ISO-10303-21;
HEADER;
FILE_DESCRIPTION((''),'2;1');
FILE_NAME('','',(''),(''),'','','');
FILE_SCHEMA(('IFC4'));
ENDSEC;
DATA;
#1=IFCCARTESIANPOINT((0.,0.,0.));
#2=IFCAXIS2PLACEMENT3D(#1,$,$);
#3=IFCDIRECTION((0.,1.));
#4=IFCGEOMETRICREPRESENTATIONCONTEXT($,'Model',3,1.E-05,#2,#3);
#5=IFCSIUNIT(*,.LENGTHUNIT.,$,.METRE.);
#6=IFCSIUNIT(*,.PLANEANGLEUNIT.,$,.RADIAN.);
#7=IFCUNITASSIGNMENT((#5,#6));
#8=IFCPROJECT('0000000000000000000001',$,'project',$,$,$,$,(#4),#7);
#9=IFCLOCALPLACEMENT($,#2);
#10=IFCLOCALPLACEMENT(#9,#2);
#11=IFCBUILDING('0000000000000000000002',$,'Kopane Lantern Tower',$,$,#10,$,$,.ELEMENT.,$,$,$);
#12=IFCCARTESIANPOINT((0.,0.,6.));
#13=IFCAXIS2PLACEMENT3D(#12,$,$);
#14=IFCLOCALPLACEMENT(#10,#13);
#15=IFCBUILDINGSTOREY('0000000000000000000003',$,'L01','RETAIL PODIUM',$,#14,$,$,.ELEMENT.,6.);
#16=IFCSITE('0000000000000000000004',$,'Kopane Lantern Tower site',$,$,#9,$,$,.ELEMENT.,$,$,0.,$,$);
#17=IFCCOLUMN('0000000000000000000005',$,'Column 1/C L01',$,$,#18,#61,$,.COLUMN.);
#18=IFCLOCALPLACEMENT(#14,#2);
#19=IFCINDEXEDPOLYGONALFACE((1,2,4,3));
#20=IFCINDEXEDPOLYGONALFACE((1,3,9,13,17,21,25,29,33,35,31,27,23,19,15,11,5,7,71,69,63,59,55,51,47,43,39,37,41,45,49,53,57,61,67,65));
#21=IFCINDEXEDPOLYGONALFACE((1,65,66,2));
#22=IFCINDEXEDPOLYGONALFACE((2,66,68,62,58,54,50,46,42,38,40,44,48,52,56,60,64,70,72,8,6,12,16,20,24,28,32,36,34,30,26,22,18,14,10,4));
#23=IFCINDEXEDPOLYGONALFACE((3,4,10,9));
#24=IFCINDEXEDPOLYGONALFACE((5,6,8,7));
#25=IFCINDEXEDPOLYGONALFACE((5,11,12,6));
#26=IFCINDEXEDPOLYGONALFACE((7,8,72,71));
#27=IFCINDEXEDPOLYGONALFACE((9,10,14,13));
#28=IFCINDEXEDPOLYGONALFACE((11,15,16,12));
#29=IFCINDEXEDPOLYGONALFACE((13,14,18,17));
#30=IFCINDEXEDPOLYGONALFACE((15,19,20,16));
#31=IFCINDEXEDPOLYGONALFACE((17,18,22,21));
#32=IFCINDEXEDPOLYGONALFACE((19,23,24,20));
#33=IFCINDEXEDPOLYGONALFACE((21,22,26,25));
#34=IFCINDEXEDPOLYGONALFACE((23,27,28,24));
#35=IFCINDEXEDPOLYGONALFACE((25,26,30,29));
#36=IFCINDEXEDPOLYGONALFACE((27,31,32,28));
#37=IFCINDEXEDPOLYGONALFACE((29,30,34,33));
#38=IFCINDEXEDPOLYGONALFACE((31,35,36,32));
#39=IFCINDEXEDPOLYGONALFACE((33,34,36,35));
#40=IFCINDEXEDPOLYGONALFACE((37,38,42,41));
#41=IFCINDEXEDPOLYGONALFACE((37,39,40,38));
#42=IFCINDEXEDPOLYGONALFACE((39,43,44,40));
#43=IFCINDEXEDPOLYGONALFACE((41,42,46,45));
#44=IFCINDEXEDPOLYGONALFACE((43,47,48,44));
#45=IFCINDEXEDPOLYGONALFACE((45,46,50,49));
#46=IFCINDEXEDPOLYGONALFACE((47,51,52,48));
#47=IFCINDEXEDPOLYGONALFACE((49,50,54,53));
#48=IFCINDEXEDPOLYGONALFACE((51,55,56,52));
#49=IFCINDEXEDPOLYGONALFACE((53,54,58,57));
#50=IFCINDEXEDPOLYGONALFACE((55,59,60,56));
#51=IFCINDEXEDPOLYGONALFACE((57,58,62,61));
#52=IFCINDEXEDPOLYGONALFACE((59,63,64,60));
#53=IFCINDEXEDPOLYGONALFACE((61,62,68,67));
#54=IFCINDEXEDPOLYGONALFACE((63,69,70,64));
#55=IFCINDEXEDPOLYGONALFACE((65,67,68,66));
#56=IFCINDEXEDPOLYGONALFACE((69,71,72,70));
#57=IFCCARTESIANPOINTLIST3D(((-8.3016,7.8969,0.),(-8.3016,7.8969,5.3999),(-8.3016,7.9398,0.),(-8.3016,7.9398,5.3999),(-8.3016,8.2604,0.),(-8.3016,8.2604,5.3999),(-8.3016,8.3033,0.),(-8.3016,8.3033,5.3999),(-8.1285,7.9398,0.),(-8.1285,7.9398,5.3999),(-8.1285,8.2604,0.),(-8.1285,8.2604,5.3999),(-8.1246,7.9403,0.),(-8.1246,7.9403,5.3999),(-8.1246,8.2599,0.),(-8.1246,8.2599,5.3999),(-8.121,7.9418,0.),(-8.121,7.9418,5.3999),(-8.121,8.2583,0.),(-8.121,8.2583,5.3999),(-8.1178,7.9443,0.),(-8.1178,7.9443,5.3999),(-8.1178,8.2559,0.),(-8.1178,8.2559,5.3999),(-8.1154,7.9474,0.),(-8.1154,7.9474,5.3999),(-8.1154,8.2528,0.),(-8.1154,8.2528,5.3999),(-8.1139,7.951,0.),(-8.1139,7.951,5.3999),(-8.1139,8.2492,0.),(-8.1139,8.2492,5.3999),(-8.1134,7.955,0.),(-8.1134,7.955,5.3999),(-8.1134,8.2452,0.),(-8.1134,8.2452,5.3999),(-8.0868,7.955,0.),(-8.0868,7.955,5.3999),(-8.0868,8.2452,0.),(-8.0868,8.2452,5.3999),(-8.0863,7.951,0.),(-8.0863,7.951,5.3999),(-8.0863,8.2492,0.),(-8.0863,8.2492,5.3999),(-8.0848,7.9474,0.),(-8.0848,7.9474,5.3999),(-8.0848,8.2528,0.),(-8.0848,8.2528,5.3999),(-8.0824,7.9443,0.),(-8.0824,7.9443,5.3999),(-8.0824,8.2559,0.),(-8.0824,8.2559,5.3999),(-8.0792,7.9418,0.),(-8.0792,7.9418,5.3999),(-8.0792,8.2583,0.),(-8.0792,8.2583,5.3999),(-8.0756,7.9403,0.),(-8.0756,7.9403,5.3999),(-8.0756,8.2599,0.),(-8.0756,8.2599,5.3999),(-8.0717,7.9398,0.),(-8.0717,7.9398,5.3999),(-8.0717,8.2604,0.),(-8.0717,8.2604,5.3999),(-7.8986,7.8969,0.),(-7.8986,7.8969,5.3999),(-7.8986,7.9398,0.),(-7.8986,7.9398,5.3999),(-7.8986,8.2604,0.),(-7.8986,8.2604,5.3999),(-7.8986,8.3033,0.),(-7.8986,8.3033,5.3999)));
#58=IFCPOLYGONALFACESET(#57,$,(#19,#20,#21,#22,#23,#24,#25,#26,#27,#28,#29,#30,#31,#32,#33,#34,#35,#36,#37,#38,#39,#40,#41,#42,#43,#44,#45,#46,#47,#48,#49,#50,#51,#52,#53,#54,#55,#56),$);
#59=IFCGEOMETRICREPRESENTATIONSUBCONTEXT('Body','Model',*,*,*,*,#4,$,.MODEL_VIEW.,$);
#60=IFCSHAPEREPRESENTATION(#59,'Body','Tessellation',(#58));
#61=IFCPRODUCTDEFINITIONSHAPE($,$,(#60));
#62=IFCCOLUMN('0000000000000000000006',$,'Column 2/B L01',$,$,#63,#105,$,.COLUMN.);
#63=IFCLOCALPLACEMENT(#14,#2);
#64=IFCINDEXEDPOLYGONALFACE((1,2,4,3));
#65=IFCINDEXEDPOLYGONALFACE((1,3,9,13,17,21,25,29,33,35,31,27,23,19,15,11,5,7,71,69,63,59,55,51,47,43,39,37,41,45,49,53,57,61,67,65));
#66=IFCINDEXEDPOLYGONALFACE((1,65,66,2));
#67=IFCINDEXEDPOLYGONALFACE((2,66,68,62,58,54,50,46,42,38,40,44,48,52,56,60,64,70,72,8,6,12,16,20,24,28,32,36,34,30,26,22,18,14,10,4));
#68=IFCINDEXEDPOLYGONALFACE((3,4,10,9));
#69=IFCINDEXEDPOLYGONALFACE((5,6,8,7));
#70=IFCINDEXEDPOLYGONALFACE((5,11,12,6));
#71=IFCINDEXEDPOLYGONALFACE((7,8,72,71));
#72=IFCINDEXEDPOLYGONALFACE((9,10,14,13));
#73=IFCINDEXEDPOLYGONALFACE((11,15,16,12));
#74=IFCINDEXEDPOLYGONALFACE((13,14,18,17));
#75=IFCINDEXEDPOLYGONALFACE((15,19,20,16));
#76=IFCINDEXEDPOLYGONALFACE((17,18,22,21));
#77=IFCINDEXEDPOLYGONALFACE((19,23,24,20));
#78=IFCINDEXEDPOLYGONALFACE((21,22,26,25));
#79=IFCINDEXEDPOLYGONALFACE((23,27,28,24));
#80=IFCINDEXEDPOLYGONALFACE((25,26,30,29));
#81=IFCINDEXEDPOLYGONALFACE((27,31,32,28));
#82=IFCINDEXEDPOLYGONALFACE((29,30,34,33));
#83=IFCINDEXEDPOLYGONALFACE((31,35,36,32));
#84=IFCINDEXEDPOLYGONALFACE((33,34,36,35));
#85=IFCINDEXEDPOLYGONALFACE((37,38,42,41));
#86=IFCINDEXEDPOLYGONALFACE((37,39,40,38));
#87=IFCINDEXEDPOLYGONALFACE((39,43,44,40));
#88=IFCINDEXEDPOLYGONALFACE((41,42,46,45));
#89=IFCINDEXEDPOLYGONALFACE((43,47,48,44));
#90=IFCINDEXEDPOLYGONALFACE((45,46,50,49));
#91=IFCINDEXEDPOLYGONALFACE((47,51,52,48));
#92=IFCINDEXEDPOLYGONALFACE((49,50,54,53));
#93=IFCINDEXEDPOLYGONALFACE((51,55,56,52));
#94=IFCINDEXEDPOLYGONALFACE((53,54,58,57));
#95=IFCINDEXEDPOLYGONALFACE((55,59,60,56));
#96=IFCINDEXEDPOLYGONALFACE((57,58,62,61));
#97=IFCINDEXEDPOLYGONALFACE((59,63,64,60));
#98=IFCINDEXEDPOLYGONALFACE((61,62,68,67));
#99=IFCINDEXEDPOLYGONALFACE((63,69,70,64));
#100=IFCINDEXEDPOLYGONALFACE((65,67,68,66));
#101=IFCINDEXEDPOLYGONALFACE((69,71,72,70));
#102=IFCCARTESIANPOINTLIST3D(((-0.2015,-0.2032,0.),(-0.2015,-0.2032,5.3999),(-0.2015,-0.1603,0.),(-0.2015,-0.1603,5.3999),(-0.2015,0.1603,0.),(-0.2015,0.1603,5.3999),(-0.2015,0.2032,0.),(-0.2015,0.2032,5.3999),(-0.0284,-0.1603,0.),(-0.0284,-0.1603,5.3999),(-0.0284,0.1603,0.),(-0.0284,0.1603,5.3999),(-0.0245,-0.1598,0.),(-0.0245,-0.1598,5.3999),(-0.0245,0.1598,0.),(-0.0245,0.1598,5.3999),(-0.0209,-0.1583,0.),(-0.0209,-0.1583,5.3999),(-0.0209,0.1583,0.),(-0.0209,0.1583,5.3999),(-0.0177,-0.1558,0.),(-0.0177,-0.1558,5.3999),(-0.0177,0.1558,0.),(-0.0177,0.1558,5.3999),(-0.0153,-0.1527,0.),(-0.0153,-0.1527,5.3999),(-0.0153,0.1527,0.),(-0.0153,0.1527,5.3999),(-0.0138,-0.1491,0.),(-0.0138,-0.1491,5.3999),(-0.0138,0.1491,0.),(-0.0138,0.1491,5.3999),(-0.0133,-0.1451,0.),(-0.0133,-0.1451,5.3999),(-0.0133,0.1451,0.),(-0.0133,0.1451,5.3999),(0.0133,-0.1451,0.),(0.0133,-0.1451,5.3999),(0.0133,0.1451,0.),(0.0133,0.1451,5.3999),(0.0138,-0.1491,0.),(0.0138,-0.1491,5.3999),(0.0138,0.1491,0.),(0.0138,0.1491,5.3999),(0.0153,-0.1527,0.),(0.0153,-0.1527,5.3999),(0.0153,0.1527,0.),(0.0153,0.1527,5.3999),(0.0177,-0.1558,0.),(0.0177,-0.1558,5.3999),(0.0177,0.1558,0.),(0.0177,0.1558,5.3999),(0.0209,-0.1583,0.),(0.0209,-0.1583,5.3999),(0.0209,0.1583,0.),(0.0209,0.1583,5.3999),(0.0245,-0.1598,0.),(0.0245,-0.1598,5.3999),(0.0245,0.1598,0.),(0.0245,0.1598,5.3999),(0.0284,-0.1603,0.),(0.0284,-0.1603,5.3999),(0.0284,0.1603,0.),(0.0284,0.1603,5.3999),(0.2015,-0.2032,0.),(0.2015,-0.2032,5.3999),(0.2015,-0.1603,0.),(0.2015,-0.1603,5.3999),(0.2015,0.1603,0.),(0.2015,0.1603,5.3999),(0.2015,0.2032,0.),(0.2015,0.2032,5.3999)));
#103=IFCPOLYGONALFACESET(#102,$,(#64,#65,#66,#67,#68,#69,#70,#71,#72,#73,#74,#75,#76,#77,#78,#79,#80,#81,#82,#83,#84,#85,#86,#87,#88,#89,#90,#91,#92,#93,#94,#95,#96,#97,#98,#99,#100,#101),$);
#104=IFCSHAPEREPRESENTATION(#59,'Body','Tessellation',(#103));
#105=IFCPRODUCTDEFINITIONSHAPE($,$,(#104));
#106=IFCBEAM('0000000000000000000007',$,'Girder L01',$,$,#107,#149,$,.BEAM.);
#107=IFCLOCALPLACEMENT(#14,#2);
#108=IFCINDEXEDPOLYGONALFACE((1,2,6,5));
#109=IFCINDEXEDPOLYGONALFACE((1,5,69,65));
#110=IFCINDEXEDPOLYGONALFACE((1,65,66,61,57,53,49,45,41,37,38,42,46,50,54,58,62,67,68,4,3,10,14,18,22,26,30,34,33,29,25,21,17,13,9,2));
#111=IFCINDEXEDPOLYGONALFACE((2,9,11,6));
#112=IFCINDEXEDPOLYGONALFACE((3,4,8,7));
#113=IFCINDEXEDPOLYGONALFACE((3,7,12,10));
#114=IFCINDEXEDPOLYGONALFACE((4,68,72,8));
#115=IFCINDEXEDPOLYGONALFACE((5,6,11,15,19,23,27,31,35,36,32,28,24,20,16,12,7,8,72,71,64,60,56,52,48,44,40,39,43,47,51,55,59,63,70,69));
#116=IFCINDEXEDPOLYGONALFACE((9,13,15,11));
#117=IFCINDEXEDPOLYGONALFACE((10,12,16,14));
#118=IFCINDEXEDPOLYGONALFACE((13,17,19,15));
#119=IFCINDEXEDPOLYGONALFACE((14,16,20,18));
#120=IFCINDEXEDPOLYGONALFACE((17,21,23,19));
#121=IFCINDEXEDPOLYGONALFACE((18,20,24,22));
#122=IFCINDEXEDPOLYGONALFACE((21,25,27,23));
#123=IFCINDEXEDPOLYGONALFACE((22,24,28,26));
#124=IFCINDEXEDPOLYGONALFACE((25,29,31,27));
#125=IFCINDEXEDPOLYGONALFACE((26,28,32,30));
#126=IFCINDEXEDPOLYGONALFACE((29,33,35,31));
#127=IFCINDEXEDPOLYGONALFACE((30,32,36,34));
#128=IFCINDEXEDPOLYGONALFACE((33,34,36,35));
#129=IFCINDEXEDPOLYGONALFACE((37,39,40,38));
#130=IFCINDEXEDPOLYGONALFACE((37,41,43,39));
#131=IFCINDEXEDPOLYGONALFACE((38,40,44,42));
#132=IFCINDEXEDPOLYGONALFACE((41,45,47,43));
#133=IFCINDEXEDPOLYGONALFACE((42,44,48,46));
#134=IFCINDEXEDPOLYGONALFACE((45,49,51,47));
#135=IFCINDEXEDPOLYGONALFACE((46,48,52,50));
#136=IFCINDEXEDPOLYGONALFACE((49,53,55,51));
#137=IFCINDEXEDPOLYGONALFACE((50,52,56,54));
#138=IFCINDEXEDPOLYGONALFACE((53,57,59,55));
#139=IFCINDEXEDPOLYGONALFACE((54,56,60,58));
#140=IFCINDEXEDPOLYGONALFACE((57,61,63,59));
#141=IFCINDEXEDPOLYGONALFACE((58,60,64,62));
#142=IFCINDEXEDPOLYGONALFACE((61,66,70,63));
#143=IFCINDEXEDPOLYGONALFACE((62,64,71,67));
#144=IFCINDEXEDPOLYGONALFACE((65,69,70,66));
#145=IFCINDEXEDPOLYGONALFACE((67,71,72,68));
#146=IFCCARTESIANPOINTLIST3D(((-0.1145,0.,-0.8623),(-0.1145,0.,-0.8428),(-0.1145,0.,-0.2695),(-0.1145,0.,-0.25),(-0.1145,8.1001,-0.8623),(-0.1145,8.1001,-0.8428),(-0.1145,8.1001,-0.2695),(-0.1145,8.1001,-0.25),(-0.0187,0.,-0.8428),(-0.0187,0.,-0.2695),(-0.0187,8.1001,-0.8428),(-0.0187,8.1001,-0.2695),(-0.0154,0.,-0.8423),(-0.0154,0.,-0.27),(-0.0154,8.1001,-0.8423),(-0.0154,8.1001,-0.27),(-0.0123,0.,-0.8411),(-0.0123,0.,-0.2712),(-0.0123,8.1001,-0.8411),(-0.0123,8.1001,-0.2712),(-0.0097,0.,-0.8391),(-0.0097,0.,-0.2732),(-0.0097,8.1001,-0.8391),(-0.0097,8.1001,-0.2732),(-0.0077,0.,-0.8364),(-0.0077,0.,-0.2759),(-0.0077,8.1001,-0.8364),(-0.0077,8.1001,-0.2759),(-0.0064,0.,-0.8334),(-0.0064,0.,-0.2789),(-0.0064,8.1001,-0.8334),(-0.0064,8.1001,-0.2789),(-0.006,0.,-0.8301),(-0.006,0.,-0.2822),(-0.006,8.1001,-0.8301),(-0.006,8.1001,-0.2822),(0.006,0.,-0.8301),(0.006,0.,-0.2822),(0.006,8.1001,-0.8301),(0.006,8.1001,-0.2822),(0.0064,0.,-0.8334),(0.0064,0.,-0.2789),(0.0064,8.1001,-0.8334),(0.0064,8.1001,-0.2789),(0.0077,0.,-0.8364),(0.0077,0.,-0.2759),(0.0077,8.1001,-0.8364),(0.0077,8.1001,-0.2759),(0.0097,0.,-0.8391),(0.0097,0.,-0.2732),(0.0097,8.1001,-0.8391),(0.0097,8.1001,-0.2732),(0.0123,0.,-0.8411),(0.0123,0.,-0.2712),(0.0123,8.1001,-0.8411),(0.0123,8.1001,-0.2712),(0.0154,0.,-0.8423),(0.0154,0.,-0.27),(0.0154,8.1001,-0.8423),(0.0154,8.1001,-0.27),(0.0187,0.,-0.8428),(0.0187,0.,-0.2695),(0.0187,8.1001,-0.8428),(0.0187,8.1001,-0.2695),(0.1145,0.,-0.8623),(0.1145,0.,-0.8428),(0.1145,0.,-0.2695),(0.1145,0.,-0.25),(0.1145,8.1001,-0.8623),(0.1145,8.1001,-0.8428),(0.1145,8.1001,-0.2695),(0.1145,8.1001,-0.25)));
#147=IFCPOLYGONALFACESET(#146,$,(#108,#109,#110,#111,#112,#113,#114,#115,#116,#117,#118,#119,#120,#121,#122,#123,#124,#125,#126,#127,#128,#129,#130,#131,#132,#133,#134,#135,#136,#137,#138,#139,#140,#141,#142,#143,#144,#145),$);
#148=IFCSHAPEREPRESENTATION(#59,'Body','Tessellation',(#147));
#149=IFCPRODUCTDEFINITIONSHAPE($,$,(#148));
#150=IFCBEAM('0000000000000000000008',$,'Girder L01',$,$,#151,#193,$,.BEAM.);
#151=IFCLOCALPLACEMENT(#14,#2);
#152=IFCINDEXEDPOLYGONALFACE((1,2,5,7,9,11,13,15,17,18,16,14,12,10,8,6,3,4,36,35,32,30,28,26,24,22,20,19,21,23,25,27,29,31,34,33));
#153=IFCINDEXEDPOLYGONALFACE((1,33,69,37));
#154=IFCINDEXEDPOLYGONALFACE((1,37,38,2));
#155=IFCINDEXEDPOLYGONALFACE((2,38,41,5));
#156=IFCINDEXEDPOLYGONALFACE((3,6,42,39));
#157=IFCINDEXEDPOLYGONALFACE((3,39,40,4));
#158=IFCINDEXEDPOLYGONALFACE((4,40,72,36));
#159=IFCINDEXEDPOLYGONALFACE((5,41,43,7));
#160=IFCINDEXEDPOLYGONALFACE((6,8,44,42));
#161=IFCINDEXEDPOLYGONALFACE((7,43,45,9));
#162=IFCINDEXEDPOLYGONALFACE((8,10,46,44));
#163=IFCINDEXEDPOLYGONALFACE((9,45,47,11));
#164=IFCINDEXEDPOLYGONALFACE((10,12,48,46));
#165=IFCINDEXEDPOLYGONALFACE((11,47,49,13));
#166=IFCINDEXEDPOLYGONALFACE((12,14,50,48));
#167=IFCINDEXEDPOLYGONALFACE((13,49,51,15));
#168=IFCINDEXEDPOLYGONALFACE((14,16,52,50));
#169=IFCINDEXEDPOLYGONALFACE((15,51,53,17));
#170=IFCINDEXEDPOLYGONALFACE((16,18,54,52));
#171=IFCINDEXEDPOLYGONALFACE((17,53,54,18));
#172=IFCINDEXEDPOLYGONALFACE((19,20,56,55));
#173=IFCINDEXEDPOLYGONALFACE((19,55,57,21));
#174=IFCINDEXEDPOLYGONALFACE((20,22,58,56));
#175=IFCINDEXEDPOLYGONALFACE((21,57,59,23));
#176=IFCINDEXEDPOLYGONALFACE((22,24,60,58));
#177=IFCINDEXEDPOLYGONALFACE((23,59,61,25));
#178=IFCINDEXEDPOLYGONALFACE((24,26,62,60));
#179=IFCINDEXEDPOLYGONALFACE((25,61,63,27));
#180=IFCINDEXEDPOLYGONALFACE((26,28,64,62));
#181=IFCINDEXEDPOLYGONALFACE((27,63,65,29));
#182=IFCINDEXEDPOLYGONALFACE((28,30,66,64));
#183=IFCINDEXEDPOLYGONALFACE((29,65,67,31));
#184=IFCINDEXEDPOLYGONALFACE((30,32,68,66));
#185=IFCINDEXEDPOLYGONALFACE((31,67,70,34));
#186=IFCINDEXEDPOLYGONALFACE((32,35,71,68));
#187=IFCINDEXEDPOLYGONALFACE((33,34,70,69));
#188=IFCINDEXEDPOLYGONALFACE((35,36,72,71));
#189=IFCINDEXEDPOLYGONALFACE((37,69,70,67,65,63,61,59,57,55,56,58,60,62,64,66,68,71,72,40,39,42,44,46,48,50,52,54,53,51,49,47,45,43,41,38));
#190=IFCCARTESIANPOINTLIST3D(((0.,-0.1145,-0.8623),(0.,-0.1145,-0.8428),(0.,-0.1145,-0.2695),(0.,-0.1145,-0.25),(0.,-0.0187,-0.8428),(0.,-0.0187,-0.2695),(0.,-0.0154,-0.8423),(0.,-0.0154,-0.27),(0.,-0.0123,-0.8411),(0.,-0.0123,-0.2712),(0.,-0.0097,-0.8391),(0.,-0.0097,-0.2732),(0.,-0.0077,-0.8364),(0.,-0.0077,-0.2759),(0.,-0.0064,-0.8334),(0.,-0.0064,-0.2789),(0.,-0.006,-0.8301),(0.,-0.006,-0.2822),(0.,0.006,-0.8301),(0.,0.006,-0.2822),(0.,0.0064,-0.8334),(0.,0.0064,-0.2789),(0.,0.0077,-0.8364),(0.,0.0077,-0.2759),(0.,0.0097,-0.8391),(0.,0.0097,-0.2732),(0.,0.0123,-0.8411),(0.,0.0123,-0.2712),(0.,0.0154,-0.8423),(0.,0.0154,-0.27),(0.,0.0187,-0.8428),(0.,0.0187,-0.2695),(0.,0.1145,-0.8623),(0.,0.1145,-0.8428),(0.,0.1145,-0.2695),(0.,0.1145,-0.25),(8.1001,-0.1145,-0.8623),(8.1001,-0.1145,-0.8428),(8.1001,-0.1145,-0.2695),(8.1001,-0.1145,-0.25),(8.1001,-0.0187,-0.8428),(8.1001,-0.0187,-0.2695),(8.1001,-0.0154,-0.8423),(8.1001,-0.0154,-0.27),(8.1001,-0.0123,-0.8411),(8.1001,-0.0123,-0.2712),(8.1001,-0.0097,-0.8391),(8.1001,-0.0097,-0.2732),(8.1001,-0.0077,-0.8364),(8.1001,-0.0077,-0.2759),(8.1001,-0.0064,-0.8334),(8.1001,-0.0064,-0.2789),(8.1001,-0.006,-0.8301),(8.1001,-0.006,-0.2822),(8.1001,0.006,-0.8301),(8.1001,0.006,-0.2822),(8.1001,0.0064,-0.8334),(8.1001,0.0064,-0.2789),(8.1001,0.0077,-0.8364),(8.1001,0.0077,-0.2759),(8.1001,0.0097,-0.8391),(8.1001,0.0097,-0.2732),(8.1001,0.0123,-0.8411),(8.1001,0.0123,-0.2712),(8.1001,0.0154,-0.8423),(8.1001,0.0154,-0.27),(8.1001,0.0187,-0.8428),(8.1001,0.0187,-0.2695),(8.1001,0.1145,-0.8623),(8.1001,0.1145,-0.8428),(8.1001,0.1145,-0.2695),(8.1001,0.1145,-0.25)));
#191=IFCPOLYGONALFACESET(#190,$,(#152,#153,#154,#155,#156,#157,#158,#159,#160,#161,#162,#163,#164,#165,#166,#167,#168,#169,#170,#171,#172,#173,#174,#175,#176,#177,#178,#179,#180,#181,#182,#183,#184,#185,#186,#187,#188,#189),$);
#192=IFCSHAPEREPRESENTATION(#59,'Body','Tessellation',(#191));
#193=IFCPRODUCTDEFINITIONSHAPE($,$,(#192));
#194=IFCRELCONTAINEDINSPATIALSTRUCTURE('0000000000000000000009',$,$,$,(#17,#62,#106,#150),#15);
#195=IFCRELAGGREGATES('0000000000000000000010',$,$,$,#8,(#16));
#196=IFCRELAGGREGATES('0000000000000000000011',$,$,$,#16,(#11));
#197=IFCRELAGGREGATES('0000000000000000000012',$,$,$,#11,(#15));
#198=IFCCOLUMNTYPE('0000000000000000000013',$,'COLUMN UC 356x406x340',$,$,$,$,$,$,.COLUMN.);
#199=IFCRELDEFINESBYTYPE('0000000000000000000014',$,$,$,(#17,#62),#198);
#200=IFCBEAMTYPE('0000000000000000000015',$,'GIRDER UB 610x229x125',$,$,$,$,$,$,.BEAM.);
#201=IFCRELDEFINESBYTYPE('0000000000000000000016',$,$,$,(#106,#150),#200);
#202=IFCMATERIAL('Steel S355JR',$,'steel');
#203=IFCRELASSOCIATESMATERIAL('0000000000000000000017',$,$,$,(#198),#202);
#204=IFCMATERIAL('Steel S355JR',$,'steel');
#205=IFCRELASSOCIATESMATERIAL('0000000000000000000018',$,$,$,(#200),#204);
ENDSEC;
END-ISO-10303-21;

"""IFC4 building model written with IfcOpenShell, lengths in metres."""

from ifc_helpers import new_model, si_unit, direction, frame, origin, origin_2d, place, context, subcontext, project, spatial, i_section, extrude, material, material_profile, profile_set, type_object, element, save


model = new_model("IFC4")

# Units and contexts
model_context = context("Model", 3, precision=1e-05, world=origin(), true_north=direction((0.0, 1.0)))
body_context = subcontext(model_context, "Body", "Model", "MODEL_VIEW")
ifc_project = project(units=[si_unit("LENGTHUNIT", "METRE"), si_unit("PLANEANGLEUNIT", "RADIAN")], contexts=[model_context])

# Site, building, storey
site_placement = place(None, origin())
site = spatial("IfcSite", under=ifc_project, at=site_placement, Name="Kopane Lantern Tower site", CompositionType="ELEMENT", RefElevation=0.0)
building_placement = place(site_placement, origin())
building = spatial("IfcBuilding", under=site, at=building_placement, Name="Kopane Lantern Tower", CompositionType="ELEMENT")
storey_placement = place(building_placement, frame((0.0, 0.0, 6.0)))
storey = spatial("IfcBuildingStorey", under=building, at=storey_placement, Name="L01", Description="RETAIL PODIUM", CompositionType="ELEMENT", Elevation=6.0)

# Columns
ifc_material_1 = material(Name="Steel S355JR", Category="steel")
ifc_material_profile_1 = material_profile(ifc_material_1, i_section(OverallWidth=0.4031, OverallDepth=0.4065, WebThickness=0.0266, FlangeThickness=0.043, FilletRadius=0.0151, at=origin_2d()), Name="UC 356x406x340")
ifc_profile_set_1 = profile_set([ifc_material_profile_1], Name="Steel S355JR")
column_type = type_object("IfcColumnType", Name="COLUMN UC 356x406x340", PredefinedType="COLUMN", material=ifc_profile_set_1)
for number, where, z_axis, x_axis, name in (
    (1, (-8.1001, 8.1001, 0.0), (0.0, 0.0, 1.0), (1.0, 0.0, 0.0), "Column 1/C L01"),
    (2, (0.0, 0.0, 0.0), (0.0, 0.0, 1.0), (1.0, 0.0, 0.0), "Column 2/B L01"),
):
    element("IfcColumn", number, at=place(storey_placement, frame(where, z_axis=z_axis, x_axis=x_axis)), inside=storey, type_object=column_type, Name=name, PredefinedType="COLUMN", context=body_context, shape_type="SweptSolid", body=[
        extrude(i_section(OverallWidth=0.4031, OverallDepth=0.4065, WebThickness=0.0266, FlangeThickness=0.043, FilletRadius=0.0151, at=origin_2d()), origin(), (0.0, 0.0, 1.0), 5.3999),
    ])

# Beams
ifc_material_2 = material(Name="Steel S355JR", Category="steel")
ifc_material_profile_2 = material_profile(ifc_material_2, i_section(OverallWidth=0.229, OverallDepth=0.6123, WebThickness=0.012, FlangeThickness=0.0195, FilletRadius=0.0127, at=origin_2d()), Name="UB 610x229x125")
ifc_profile_set_2 = profile_set([ifc_material_profile_2], Name="Steel S355JR")
beam_type = type_object("IfcBeamType", Name="GIRDER UB 610x229x125", PredefinedType="BEAM", material=ifc_profile_set_2)
for number, where, z_axis, x_axis, name in (
    (3, (0.0, 0.0, -0.5562), (0.0, 1.0, 0.0), (-1.0, 0.0, 0.0), "Girder L01"),
    (4, (0.0, 0.0, -0.5562), (1.0, 0.0, 0.0), (0.0, 1.0, 0.0), "Girder L01"),
):
    element("IfcBeam", number, at=place(storey_placement, frame(where, z_axis=z_axis, x_axis=x_axis)), inside=storey, type_object=beam_type, Name=name, PredefinedType="BEAM", context=body_context, shape_type="SweptSolid", body=[
        extrude(i_section(OverallWidth=0.229, OverallDepth=0.6123, WebThickness=0.012, FlangeThickness=0.0195, FilletRadius=0.0127, at=origin_2d()), origin(), (0.0, 0.0, 1.0), 8.1001),
    ])

save(model, "model.ifc")
